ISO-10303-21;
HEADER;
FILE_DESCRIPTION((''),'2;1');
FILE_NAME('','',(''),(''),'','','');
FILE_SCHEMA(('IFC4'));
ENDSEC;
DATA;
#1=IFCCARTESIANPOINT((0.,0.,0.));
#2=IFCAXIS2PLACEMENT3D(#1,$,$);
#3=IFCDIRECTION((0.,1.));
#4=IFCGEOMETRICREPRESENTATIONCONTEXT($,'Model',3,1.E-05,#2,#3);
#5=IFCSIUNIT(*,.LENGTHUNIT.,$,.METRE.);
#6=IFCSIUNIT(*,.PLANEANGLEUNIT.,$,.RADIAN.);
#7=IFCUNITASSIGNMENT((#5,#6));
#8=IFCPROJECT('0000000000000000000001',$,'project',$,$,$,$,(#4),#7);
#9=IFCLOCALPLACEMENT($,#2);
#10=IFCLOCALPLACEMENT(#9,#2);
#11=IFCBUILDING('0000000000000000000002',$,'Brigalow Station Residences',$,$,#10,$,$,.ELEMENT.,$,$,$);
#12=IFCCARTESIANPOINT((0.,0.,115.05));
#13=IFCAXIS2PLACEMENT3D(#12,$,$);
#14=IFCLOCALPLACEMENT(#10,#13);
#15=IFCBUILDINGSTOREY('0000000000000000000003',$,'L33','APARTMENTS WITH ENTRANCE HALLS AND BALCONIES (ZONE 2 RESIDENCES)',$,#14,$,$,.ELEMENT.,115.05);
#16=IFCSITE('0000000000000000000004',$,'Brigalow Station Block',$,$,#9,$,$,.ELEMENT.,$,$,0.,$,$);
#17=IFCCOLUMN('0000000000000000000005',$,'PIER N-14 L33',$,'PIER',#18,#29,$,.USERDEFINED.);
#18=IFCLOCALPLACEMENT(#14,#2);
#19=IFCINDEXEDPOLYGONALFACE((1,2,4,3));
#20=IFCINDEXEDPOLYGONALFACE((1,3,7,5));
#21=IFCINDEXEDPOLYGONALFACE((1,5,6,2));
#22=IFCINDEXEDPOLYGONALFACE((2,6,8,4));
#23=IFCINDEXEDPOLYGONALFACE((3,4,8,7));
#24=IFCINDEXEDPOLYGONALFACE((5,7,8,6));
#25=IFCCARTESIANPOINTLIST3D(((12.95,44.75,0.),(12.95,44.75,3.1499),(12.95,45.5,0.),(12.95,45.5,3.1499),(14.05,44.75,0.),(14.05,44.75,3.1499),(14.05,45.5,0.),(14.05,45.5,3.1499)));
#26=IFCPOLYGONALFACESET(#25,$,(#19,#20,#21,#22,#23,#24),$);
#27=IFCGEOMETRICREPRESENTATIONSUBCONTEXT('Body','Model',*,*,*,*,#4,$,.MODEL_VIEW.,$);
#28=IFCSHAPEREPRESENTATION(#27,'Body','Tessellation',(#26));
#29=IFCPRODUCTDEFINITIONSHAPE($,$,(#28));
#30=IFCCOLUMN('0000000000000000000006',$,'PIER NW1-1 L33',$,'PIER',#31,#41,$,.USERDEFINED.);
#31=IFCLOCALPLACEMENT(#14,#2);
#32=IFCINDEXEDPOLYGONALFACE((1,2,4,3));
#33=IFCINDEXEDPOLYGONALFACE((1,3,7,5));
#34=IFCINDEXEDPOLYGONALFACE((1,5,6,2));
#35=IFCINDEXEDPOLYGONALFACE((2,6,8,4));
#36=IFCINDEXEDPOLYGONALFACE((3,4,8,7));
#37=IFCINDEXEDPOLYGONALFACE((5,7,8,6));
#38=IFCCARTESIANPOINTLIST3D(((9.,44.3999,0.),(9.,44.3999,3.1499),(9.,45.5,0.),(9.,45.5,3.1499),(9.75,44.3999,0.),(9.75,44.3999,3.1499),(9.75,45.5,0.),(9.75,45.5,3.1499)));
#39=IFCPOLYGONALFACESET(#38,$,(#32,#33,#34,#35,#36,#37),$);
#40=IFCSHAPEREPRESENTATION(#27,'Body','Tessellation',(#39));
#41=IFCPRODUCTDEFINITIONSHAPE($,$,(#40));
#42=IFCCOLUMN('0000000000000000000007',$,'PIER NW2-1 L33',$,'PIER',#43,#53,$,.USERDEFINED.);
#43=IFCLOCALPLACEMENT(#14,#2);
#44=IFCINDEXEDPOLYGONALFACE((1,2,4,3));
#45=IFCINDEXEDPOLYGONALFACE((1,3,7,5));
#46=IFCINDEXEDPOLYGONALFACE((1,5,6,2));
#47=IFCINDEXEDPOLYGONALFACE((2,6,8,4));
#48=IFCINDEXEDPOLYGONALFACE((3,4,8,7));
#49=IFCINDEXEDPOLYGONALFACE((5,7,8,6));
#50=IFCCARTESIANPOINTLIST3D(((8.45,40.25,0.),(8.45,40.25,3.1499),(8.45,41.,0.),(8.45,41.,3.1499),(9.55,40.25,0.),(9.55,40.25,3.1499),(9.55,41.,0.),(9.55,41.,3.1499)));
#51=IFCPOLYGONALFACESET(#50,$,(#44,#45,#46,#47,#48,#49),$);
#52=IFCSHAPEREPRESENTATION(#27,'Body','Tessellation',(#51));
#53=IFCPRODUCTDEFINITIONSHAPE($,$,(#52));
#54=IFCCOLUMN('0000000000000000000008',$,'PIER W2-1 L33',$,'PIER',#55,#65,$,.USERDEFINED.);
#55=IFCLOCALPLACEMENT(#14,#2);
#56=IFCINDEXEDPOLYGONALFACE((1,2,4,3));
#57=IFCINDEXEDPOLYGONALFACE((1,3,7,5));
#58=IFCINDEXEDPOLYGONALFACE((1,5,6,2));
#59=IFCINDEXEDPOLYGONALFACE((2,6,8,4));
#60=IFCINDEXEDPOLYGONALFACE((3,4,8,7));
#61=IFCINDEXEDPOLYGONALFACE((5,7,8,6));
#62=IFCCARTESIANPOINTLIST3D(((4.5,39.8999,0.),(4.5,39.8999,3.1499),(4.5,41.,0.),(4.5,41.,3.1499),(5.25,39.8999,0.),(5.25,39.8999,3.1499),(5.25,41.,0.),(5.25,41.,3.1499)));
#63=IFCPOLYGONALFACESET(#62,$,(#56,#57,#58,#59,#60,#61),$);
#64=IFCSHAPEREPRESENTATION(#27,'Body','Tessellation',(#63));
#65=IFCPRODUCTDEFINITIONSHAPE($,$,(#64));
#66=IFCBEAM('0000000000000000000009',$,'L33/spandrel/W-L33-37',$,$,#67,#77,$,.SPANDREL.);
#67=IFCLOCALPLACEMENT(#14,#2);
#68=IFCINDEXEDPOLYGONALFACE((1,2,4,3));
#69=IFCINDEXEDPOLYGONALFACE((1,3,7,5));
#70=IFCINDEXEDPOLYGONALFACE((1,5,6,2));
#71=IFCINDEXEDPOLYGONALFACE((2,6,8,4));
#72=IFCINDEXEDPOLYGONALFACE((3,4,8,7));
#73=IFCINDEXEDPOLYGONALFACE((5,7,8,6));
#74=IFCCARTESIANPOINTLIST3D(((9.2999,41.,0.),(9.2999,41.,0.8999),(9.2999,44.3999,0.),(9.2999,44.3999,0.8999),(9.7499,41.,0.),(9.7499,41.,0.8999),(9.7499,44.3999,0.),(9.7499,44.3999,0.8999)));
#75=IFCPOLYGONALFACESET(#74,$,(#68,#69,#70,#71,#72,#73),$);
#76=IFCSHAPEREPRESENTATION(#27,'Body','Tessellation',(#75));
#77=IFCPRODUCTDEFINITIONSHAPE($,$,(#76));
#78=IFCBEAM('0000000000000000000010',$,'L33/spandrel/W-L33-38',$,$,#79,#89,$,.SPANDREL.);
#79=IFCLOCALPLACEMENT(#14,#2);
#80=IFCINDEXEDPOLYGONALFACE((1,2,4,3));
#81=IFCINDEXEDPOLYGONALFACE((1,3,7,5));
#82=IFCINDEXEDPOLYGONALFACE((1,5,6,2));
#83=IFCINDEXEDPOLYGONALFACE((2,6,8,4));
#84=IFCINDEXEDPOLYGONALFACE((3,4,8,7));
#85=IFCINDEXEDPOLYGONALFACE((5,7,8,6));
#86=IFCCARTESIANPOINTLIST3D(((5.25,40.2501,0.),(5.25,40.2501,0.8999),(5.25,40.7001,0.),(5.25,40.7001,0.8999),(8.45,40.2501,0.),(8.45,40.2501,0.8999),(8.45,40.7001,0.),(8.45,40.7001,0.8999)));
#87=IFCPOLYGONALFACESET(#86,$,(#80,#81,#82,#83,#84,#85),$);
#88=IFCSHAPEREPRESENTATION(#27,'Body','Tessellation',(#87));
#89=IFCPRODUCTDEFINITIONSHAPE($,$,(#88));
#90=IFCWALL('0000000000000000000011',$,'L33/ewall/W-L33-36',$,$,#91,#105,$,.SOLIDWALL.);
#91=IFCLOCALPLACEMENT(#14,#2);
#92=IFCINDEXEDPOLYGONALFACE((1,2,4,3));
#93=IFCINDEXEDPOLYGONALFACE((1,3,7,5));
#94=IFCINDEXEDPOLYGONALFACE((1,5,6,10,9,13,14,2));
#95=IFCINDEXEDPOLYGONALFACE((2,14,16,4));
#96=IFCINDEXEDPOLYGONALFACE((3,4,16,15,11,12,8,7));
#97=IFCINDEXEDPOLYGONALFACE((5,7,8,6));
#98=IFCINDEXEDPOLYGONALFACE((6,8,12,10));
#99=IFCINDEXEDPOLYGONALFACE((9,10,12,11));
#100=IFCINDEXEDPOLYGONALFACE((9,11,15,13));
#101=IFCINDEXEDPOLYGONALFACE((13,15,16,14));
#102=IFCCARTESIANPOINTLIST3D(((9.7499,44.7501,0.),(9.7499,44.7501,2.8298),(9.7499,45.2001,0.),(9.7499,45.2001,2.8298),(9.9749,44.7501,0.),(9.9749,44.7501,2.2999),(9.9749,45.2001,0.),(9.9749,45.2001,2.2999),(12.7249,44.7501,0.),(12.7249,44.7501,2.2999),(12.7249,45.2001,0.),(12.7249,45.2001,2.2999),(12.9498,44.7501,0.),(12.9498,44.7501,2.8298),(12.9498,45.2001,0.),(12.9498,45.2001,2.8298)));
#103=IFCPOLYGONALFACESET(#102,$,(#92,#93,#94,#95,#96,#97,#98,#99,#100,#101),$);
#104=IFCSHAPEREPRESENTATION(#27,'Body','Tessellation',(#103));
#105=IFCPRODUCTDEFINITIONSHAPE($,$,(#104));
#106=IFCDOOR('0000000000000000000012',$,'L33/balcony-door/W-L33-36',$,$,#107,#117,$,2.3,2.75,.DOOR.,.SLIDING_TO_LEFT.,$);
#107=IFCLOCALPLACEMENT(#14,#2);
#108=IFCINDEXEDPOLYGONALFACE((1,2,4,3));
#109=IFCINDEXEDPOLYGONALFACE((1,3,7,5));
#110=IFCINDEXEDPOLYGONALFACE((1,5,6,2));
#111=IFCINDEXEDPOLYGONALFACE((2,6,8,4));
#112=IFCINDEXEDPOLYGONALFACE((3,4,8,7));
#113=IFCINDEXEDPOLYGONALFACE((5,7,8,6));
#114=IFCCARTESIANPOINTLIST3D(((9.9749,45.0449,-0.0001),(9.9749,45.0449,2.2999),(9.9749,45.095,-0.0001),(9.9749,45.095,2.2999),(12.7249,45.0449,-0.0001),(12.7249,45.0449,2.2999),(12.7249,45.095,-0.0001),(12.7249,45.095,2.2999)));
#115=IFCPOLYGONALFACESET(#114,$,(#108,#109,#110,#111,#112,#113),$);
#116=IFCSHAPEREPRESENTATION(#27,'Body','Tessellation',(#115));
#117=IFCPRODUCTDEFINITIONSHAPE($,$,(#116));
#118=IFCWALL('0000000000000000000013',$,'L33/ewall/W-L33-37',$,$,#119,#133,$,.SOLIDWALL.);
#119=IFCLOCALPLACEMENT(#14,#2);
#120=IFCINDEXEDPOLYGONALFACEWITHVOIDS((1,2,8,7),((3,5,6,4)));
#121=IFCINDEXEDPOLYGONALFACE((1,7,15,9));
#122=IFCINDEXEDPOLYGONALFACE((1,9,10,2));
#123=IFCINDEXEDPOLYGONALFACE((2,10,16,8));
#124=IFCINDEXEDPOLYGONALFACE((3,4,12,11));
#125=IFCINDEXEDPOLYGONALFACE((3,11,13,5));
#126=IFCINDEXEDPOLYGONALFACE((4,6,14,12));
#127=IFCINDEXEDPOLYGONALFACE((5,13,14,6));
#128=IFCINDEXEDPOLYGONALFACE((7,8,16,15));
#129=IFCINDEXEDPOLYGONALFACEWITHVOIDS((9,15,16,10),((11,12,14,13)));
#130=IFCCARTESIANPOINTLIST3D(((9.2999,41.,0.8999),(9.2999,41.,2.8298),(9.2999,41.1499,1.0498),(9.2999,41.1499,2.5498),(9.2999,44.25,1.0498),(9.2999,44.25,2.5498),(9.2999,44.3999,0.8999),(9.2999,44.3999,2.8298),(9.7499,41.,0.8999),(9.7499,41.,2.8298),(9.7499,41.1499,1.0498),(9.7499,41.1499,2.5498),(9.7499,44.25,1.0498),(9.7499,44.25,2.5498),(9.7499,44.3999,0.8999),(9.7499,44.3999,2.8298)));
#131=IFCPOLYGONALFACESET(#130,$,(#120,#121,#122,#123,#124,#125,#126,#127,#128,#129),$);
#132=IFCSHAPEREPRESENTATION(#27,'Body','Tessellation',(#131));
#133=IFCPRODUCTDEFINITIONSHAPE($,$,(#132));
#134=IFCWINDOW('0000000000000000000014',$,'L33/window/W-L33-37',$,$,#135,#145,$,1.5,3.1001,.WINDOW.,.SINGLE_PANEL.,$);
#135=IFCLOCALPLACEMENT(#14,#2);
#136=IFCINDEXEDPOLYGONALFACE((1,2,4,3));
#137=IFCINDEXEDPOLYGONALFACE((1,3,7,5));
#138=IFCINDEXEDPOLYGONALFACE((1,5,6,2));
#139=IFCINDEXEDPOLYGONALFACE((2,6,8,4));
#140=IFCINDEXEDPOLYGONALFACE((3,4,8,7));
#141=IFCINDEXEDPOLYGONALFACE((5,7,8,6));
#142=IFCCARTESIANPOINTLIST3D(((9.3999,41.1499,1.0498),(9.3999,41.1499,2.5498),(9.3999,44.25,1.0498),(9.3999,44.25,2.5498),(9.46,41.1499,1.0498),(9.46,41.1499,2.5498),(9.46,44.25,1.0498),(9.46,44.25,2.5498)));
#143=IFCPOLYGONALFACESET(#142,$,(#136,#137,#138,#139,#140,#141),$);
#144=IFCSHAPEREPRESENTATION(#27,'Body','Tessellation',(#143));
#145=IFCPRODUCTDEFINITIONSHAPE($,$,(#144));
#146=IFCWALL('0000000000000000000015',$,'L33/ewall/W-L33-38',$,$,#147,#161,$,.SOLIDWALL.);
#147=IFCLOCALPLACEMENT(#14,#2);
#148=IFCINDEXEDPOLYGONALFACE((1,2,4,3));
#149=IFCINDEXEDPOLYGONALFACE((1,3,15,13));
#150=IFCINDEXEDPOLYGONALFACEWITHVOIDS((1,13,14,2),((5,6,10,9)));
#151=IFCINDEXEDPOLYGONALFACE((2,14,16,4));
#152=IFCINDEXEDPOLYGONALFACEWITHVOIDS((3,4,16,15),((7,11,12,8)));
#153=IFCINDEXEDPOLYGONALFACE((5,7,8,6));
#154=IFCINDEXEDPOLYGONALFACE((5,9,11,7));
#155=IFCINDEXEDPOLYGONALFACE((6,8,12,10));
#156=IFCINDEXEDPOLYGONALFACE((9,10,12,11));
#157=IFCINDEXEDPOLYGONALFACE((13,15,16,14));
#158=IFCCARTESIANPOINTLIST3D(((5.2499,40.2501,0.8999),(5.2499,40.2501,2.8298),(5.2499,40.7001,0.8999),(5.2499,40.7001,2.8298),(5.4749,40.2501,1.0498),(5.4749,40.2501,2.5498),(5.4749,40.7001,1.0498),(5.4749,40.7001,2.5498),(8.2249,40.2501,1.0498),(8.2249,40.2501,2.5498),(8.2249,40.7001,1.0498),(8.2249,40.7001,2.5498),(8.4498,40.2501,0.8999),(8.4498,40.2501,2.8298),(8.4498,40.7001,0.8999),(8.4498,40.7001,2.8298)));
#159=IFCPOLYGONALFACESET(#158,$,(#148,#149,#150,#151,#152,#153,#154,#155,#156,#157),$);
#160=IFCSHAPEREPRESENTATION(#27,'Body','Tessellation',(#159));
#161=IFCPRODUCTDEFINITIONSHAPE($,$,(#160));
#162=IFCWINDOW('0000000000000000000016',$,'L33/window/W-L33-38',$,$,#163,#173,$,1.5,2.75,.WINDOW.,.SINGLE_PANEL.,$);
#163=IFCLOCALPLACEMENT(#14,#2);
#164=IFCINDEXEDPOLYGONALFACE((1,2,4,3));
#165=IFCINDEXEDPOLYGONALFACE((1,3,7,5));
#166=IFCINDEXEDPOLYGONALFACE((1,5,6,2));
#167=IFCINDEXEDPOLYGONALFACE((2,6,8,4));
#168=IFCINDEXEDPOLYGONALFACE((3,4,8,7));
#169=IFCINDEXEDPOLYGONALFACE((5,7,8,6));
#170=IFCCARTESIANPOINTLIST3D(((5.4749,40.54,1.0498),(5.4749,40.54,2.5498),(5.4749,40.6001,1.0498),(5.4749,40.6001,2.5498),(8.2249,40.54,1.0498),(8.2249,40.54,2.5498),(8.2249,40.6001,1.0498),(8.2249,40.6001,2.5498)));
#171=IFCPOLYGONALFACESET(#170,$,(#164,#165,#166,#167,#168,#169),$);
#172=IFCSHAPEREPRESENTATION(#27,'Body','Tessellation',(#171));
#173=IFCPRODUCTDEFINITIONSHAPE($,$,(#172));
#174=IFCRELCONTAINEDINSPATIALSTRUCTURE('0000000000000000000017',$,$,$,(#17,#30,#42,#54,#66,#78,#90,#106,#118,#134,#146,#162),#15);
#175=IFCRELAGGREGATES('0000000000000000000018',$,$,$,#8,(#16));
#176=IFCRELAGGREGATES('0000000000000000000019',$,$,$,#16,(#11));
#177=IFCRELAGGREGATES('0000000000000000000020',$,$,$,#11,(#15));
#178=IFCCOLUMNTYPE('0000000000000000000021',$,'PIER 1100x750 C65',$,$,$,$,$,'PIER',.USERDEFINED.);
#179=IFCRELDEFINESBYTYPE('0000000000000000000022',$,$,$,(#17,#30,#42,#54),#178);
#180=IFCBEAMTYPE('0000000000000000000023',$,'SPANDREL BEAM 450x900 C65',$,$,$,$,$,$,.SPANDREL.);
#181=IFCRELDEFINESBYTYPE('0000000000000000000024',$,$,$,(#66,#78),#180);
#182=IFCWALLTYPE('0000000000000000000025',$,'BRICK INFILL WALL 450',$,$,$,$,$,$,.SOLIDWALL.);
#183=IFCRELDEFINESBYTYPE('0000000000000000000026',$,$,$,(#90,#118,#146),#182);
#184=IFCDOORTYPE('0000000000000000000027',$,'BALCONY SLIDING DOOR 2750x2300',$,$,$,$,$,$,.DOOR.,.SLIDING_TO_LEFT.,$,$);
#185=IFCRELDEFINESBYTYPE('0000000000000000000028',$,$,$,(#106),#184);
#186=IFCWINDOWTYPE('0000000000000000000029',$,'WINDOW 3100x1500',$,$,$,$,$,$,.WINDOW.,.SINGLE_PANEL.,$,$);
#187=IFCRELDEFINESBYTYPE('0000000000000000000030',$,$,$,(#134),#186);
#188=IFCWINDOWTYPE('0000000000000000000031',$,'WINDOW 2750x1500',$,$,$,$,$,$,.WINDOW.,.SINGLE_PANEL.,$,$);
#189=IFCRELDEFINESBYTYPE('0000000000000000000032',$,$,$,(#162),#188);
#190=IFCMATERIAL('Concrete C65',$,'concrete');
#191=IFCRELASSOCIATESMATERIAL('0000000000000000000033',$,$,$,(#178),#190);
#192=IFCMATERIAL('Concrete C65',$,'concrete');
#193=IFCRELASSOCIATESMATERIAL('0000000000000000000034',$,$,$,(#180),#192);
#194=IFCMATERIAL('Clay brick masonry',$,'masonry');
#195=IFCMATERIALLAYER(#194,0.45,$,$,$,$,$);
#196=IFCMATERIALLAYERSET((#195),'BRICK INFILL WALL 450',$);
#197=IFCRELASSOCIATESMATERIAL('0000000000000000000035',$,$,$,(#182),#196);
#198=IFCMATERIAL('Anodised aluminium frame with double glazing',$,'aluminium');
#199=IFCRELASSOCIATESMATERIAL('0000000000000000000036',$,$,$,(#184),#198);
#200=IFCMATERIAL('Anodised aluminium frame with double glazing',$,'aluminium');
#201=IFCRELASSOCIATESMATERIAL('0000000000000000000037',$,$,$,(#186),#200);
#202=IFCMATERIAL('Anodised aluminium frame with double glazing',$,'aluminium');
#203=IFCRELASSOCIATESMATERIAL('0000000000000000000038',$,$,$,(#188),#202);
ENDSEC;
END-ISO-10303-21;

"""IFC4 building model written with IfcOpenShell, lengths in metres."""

from ifc_helpers import new_model, si_unit, direction, frame, frame_2d, origin, origin_2d, place, context, subcontext, project, spatial, rectangle, extrude, material, layer, layer_set, material_profile, profile_set, type_object, element, fill, save


model = new_model("IFC4")

# Units and contexts
model_context = context("Model", 3, precision=1e-05, world=origin(), true_north=direction((0.0, 1.0)))
body_context = subcontext(model_context, "Body", "Model", "MODEL_VIEW")
ifc_project = project(units=[si_unit("LENGTHUNIT", "METRE"), si_unit("PLANEANGLEUNIT", "RADIAN")], contexts=[model_context])

# Site, building, storey
site_placement = place(None, origin())
site = spatial("IfcSite", under=ifc_project, at=site_placement, Name="Brigalow Station Block", CompositionType="ELEMENT", RefElevation=0.0)
building_placement = place(site_placement, origin())
building = spatial("IfcBuilding", under=site, at=building_placement, Name="Brigalow Station Residences", CompositionType="ELEMENT")
storey_placement = place(building_placement, frame((0.0, 0.0, 115.05)))
storey = spatial("IfcBuildingStorey", under=building, at=storey_placement, Name="L33", Description="APARTMENTS WITH ENTRANCE HALLS AND BALCONIES (ZONE 2 RESIDENCES)", CompositionType="ELEMENT", Elevation=115.05)

# Columns
ifc_material_1 = material(Name="Concrete C65", Category="concrete")
ifc_material_profile_1 = material_profile(ifc_material_1, rectangle(XDim=1.1001, YDim=0.75, at=origin_2d()), Name="RC1100x750")
ifc_profile_set_1 = profile_set([ifc_material_profile_1], Name="Concrete C65")
column_type = type_object("IfcColumnType", Name="PIER 1100x750 C65", ElementType="PIER", PredefinedType="USERDEFINED", material=ifc_profile_set_1)
for number, where, z_axis, x_axis, name in (
    (1, (13.5, 45.125, 0.0), (0.0, 0.0, 1.0), (-1.0, 0.0, 0.0), "PIER N-14 L33"),
    (2, (9.375, 44.95, 0.0), (0.0, 0.0, 1.0), (0.0, -1.0, 0.0), "PIER NW1-1 L33"),
    (3, (9.0, 40.625, 0.0), (0.0, 0.0, 1.0), (-1.0, 0.0, 0.0), "PIER NW2-1 L33"),
    (4, (4.875, 40.45, 0.0), (0.0, 0.0, 1.0), (0.0, -1.0, 0.0), "PIER W2-1 L33"),
):
    element("IfcColumn", number, at=place(storey_placement, frame(where, z_axis=z_axis, x_axis=x_axis)), inside=storey, type_object=column_type, Name=name, ObjectType="PIER", PredefinedType="USERDEFINED", context=body_context, shape_type="SweptSolid", body=[
        extrude(rectangle(XDim=1.1001, YDim=0.75, at=origin_2d()), origin(), (0.0, 0.0, 1.0), 3.1499),
    ])

# Beams
ifc_material_2 = material(Name="Concrete C65", Category="concrete")
ifc_material_profile_2 = material_profile(ifc_material_2, rectangle(XDim=0.45, YDim=0.8999, at=origin_2d()), Name="RC450x900")
ifc_profile_set_2 = profile_set([ifc_material_profile_2], Name="Concrete C65")
beam_type = type_object("IfcBeamType", Name="SPANDREL BEAM 450x900 C65", PredefinedType="SPANDREL", material=ifc_profile_set_2)
beam_1_placement = place(storey_placement, frame((9.5249, 44.3999, 0.45), z_axis=(0.0, -1.0, 0.0), x_axis=(1.0, 0.0, 0.0)))
element("IfcBeam", 5, at=beam_1_placement, inside=storey, type_object=beam_type, Name="L33/spandrel/W-L33-37", PredefinedType="SPANDREL", context=body_context, shape_type="SweptSolid", body=[
    extrude(rectangle(XDim=0.45, YDim=0.8999, at=origin_2d()), origin(), (0.0, 0.0, 1.0), 3.3999),
])
beam_2_placement = place(storey_placement, frame((8.45, 40.4751, 0.45), z_axis=(-1.0, 0.0, 0.0), x_axis=(0.0, -1.0, 0.0)))
element("IfcBeam", 6, at=beam_2_placement, inside=storey, type_object=beam_type, Name="L33/spandrel/W-L33-38", PredefinedType="SPANDREL", context=body_context, shape_type="SweptSolid", body=[
    extrude(rectangle(XDim=0.45, YDim=0.8999, at=origin_2d()), origin(), (0.0, 0.0, 1.0), 3.2),
])

# Wall, opening, door
ifc_material_3 = material(Name="Clay brick masonry", Category="masonry")
ifc_layer_1 = layer(ifc_material_3, 0.45)
ifc_layer_set_1 = layer_set([ifc_layer_1], Name="BRICK INFILL WALL 450")
wall_type_1 = type_object("IfcWallType", Name="BRICK INFILL WALL 450", PredefinedType="SOLIDWALL", material=ifc_layer_set_1)
wall_1_placement = place(storey_placement, frame((12.95, 44.9751, 0.0), z_axis=(0.0, 0.0, 1.0), x_axis=(-1.0, 0.0, 0.0)))
wall_1 = element("IfcWall", 7, at=wall_1_placement, inside=storey, type_object=wall_type_1, Name="L33/ewall/W-L33-36", PredefinedType="SOLIDWALL", context=body_context, shape_type="SweptSolid", body=[
    extrude(rectangle(XDim=3.2, YDim=0.45, at=frame_2d((1.6001, 0.0))), origin(), (0.0, 0.0, 1.0), 2.8298),
])
opening_1_placement = place(wall_1_placement, frame((0.2251, 0.0, 0.0)))
opening_1 = element("IfcOpeningElement", 8, at=opening_1_placement, cuts=wall_1, PredefinedType="OPENING", context=body_context, shape_type="SweptSolid", body=[
    extrude(rectangle(XDim=2.75, YDim=2.3, at=frame_2d((1.375, 1.1499))), frame((0.0, 0.2349, 0.0), z_axis=(0.0, -1.0, 0.0), x_axis=(1.0, 0.0, 0.0)), (0.0, 0.0, 1.0), 0.47),
])
ifc_material_4 = material(Name="Anodised aluminium frame with double glazing", Category="aluminium")
door_type = type_object("IfcDoorType", Name="BALCONY SLIDING DOOR 2750x2300", OperationType="SLIDING_TO_LEFT", PredefinedType="DOOR", material=ifc_material_4)
door_placement = place(opening_1_placement, origin())
door = element("IfcDoor", 9, at=door_placement, inside=storey, type_object=door_type, Name="L33/balcony-door/W-L33-36", OperationType="SLIDING_TO_LEFT", OverallHeight=2.3, OverallWidth=2.75, PredefinedType="DOOR", context=body_context, shape_type="SweptSolid", body=[
    extrude(rectangle(XDim=2.75, YDim=2.3, at=frame_2d((1.375, 1.1499))), frame((0.0, -0.0698, 0.0), z_axis=(0.0, -1.0, 0.0), x_axis=(1.0, 0.0, 0.0)), (0.0, 0.0, 1.0), 0.05),
])
fill(opening_1, door)

# Walls, openings, windows
wall_2_placement = place(storey_placement, frame((9.5249, 44.3999, 0.8999), z_axis=(0.0, 0.0, 1.0), x_axis=(0.0, -1.0, 0.0)))
wall_2 = element("IfcWall", 10, at=wall_2_placement, inside=storey, type_object=wall_type_1, Name="L33/ewall/W-L33-37", PredefinedType="SOLIDWALL", context=body_context, shape_type="SweptSolid", body=[
    extrude(rectangle(XDim=3.3999, YDim=0.45, at=frame_2d((1.7, 0.0))), origin(), (0.0, 0.0, 1.0), 1.9299),
])
opening_2_placement = place(wall_2_placement, frame((0.1499, 0.0, 0.1499)))
opening_2 = element("IfcOpeningElement", 11, at=opening_2_placement, cuts=wall_2, PredefinedType="OPENING", context=body_context, shape_type="SweptSolid", body=[
    extrude(rectangle(XDim=3.1001, YDim=1.5, at=frame_2d((1.55, 0.75))), frame((0.0, 0.2349, 0.0), z_axis=(0.0, -1.0, 0.0), x_axis=(1.0, 0.0, 0.0)), (0.0, 0.0, 1.0), 0.47),
])
ifc_material_5 = material(Name="Anodised aluminium frame with double glazing", Category="aluminium")
window_type_1 = type_object("IfcWindowType", Name="WINDOW 3100x1500", PartitioningType="SINGLE_PANEL", PredefinedType="WINDOW", material=ifc_material_5)
window_1_placement = place(opening_2_placement, origin())
window_1 = element("IfcWindow", 12, at=window_1_placement, inside=storey, type_object=window_type_1, Name="L33/window/W-L33-37", OverallHeight=1.5, OverallWidth=3.1001, PartitioningType="SINGLE_PANEL", PredefinedType="WINDOW", context=body_context, shape_type="SweptSolid", body=[
    extrude(rectangle(XDim=3.1001, YDim=1.5, at=frame_2d((1.55, 0.75))), frame((0.0, -0.0649, 0.0), z_axis=(0.0, -1.0, 0.0), x_axis=(1.0, 0.0, 0.0)), (0.0, 0.0, 1.0), 0.0601),
])
fill(opening_2, window_1)
wall_3_placement = place(storey_placement, frame((8.45, 40.4751, 0.8999), z_axis=(0.0, 0.0, 1.0), x_axis=(-1.0, 0.0, 0.0)))
wall_3 = element("IfcWall", 13, at=wall_3_placement, inside=storey, type_object=wall_type_1, Name="L33/ewall/W-L33-38", PredefinedType="SOLIDWALL", context=body_context, shape_type="SweptSolid", body=[
    extrude(rectangle(XDim=3.2, YDim=0.45, at=frame_2d((1.6001, 0.0))), origin(), (0.0, 0.0, 1.0), 1.9299),
])
opening_3_placement = place(wall_3_placement, frame((0.2251, 0.0, 0.1499)))
opening_3 = element("IfcOpeningElement", 14, at=opening_3_placement, cuts=wall_3, PredefinedType="OPENING", context=body_context, shape_type="SweptSolid", body=[
    extrude(rectangle(XDim=2.75, YDim=1.5, at=frame_2d((1.375, 0.75))), frame((0.0, 0.2349, 0.0), z_axis=(0.0, -1.0, 0.0), x_axis=(1.0, 0.0, 0.0)), (0.0, 0.0, 1.0), 0.47),
])
ifc_material_6 = material(Name="Anodised aluminium frame with double glazing", Category="aluminium")
window_type_2 = type_object("IfcWindowType", Name="WINDOW 2750x1500", PartitioningType="SINGLE_PANEL", PredefinedType="WINDOW", material=ifc_material_6)
window_2_placement = place(opening_3_placement, origin())
window_2 = element("IfcWindow", 15, at=window_2_placement, inside=storey, type_object=window_type_2, Name="L33/window/W-L33-38", OverallHeight=1.5, OverallWidth=2.75, PartitioningType="SINGLE_PANEL", PredefinedType="WINDOW", context=body_context, shape_type="SweptSolid", body=[
    extrude(rectangle(XDim=2.75, YDim=1.5, at=frame_2d((1.375, 0.75))), frame((0.0, -0.0649, 0.0), z_axis=(0.0, -1.0, 0.0), x_axis=(1.0, 0.0, 0.0)), (0.0, 0.0, 1.0), 0.0601),
])
fill(opening_3, window_2)

save(model, "model.ifc")
